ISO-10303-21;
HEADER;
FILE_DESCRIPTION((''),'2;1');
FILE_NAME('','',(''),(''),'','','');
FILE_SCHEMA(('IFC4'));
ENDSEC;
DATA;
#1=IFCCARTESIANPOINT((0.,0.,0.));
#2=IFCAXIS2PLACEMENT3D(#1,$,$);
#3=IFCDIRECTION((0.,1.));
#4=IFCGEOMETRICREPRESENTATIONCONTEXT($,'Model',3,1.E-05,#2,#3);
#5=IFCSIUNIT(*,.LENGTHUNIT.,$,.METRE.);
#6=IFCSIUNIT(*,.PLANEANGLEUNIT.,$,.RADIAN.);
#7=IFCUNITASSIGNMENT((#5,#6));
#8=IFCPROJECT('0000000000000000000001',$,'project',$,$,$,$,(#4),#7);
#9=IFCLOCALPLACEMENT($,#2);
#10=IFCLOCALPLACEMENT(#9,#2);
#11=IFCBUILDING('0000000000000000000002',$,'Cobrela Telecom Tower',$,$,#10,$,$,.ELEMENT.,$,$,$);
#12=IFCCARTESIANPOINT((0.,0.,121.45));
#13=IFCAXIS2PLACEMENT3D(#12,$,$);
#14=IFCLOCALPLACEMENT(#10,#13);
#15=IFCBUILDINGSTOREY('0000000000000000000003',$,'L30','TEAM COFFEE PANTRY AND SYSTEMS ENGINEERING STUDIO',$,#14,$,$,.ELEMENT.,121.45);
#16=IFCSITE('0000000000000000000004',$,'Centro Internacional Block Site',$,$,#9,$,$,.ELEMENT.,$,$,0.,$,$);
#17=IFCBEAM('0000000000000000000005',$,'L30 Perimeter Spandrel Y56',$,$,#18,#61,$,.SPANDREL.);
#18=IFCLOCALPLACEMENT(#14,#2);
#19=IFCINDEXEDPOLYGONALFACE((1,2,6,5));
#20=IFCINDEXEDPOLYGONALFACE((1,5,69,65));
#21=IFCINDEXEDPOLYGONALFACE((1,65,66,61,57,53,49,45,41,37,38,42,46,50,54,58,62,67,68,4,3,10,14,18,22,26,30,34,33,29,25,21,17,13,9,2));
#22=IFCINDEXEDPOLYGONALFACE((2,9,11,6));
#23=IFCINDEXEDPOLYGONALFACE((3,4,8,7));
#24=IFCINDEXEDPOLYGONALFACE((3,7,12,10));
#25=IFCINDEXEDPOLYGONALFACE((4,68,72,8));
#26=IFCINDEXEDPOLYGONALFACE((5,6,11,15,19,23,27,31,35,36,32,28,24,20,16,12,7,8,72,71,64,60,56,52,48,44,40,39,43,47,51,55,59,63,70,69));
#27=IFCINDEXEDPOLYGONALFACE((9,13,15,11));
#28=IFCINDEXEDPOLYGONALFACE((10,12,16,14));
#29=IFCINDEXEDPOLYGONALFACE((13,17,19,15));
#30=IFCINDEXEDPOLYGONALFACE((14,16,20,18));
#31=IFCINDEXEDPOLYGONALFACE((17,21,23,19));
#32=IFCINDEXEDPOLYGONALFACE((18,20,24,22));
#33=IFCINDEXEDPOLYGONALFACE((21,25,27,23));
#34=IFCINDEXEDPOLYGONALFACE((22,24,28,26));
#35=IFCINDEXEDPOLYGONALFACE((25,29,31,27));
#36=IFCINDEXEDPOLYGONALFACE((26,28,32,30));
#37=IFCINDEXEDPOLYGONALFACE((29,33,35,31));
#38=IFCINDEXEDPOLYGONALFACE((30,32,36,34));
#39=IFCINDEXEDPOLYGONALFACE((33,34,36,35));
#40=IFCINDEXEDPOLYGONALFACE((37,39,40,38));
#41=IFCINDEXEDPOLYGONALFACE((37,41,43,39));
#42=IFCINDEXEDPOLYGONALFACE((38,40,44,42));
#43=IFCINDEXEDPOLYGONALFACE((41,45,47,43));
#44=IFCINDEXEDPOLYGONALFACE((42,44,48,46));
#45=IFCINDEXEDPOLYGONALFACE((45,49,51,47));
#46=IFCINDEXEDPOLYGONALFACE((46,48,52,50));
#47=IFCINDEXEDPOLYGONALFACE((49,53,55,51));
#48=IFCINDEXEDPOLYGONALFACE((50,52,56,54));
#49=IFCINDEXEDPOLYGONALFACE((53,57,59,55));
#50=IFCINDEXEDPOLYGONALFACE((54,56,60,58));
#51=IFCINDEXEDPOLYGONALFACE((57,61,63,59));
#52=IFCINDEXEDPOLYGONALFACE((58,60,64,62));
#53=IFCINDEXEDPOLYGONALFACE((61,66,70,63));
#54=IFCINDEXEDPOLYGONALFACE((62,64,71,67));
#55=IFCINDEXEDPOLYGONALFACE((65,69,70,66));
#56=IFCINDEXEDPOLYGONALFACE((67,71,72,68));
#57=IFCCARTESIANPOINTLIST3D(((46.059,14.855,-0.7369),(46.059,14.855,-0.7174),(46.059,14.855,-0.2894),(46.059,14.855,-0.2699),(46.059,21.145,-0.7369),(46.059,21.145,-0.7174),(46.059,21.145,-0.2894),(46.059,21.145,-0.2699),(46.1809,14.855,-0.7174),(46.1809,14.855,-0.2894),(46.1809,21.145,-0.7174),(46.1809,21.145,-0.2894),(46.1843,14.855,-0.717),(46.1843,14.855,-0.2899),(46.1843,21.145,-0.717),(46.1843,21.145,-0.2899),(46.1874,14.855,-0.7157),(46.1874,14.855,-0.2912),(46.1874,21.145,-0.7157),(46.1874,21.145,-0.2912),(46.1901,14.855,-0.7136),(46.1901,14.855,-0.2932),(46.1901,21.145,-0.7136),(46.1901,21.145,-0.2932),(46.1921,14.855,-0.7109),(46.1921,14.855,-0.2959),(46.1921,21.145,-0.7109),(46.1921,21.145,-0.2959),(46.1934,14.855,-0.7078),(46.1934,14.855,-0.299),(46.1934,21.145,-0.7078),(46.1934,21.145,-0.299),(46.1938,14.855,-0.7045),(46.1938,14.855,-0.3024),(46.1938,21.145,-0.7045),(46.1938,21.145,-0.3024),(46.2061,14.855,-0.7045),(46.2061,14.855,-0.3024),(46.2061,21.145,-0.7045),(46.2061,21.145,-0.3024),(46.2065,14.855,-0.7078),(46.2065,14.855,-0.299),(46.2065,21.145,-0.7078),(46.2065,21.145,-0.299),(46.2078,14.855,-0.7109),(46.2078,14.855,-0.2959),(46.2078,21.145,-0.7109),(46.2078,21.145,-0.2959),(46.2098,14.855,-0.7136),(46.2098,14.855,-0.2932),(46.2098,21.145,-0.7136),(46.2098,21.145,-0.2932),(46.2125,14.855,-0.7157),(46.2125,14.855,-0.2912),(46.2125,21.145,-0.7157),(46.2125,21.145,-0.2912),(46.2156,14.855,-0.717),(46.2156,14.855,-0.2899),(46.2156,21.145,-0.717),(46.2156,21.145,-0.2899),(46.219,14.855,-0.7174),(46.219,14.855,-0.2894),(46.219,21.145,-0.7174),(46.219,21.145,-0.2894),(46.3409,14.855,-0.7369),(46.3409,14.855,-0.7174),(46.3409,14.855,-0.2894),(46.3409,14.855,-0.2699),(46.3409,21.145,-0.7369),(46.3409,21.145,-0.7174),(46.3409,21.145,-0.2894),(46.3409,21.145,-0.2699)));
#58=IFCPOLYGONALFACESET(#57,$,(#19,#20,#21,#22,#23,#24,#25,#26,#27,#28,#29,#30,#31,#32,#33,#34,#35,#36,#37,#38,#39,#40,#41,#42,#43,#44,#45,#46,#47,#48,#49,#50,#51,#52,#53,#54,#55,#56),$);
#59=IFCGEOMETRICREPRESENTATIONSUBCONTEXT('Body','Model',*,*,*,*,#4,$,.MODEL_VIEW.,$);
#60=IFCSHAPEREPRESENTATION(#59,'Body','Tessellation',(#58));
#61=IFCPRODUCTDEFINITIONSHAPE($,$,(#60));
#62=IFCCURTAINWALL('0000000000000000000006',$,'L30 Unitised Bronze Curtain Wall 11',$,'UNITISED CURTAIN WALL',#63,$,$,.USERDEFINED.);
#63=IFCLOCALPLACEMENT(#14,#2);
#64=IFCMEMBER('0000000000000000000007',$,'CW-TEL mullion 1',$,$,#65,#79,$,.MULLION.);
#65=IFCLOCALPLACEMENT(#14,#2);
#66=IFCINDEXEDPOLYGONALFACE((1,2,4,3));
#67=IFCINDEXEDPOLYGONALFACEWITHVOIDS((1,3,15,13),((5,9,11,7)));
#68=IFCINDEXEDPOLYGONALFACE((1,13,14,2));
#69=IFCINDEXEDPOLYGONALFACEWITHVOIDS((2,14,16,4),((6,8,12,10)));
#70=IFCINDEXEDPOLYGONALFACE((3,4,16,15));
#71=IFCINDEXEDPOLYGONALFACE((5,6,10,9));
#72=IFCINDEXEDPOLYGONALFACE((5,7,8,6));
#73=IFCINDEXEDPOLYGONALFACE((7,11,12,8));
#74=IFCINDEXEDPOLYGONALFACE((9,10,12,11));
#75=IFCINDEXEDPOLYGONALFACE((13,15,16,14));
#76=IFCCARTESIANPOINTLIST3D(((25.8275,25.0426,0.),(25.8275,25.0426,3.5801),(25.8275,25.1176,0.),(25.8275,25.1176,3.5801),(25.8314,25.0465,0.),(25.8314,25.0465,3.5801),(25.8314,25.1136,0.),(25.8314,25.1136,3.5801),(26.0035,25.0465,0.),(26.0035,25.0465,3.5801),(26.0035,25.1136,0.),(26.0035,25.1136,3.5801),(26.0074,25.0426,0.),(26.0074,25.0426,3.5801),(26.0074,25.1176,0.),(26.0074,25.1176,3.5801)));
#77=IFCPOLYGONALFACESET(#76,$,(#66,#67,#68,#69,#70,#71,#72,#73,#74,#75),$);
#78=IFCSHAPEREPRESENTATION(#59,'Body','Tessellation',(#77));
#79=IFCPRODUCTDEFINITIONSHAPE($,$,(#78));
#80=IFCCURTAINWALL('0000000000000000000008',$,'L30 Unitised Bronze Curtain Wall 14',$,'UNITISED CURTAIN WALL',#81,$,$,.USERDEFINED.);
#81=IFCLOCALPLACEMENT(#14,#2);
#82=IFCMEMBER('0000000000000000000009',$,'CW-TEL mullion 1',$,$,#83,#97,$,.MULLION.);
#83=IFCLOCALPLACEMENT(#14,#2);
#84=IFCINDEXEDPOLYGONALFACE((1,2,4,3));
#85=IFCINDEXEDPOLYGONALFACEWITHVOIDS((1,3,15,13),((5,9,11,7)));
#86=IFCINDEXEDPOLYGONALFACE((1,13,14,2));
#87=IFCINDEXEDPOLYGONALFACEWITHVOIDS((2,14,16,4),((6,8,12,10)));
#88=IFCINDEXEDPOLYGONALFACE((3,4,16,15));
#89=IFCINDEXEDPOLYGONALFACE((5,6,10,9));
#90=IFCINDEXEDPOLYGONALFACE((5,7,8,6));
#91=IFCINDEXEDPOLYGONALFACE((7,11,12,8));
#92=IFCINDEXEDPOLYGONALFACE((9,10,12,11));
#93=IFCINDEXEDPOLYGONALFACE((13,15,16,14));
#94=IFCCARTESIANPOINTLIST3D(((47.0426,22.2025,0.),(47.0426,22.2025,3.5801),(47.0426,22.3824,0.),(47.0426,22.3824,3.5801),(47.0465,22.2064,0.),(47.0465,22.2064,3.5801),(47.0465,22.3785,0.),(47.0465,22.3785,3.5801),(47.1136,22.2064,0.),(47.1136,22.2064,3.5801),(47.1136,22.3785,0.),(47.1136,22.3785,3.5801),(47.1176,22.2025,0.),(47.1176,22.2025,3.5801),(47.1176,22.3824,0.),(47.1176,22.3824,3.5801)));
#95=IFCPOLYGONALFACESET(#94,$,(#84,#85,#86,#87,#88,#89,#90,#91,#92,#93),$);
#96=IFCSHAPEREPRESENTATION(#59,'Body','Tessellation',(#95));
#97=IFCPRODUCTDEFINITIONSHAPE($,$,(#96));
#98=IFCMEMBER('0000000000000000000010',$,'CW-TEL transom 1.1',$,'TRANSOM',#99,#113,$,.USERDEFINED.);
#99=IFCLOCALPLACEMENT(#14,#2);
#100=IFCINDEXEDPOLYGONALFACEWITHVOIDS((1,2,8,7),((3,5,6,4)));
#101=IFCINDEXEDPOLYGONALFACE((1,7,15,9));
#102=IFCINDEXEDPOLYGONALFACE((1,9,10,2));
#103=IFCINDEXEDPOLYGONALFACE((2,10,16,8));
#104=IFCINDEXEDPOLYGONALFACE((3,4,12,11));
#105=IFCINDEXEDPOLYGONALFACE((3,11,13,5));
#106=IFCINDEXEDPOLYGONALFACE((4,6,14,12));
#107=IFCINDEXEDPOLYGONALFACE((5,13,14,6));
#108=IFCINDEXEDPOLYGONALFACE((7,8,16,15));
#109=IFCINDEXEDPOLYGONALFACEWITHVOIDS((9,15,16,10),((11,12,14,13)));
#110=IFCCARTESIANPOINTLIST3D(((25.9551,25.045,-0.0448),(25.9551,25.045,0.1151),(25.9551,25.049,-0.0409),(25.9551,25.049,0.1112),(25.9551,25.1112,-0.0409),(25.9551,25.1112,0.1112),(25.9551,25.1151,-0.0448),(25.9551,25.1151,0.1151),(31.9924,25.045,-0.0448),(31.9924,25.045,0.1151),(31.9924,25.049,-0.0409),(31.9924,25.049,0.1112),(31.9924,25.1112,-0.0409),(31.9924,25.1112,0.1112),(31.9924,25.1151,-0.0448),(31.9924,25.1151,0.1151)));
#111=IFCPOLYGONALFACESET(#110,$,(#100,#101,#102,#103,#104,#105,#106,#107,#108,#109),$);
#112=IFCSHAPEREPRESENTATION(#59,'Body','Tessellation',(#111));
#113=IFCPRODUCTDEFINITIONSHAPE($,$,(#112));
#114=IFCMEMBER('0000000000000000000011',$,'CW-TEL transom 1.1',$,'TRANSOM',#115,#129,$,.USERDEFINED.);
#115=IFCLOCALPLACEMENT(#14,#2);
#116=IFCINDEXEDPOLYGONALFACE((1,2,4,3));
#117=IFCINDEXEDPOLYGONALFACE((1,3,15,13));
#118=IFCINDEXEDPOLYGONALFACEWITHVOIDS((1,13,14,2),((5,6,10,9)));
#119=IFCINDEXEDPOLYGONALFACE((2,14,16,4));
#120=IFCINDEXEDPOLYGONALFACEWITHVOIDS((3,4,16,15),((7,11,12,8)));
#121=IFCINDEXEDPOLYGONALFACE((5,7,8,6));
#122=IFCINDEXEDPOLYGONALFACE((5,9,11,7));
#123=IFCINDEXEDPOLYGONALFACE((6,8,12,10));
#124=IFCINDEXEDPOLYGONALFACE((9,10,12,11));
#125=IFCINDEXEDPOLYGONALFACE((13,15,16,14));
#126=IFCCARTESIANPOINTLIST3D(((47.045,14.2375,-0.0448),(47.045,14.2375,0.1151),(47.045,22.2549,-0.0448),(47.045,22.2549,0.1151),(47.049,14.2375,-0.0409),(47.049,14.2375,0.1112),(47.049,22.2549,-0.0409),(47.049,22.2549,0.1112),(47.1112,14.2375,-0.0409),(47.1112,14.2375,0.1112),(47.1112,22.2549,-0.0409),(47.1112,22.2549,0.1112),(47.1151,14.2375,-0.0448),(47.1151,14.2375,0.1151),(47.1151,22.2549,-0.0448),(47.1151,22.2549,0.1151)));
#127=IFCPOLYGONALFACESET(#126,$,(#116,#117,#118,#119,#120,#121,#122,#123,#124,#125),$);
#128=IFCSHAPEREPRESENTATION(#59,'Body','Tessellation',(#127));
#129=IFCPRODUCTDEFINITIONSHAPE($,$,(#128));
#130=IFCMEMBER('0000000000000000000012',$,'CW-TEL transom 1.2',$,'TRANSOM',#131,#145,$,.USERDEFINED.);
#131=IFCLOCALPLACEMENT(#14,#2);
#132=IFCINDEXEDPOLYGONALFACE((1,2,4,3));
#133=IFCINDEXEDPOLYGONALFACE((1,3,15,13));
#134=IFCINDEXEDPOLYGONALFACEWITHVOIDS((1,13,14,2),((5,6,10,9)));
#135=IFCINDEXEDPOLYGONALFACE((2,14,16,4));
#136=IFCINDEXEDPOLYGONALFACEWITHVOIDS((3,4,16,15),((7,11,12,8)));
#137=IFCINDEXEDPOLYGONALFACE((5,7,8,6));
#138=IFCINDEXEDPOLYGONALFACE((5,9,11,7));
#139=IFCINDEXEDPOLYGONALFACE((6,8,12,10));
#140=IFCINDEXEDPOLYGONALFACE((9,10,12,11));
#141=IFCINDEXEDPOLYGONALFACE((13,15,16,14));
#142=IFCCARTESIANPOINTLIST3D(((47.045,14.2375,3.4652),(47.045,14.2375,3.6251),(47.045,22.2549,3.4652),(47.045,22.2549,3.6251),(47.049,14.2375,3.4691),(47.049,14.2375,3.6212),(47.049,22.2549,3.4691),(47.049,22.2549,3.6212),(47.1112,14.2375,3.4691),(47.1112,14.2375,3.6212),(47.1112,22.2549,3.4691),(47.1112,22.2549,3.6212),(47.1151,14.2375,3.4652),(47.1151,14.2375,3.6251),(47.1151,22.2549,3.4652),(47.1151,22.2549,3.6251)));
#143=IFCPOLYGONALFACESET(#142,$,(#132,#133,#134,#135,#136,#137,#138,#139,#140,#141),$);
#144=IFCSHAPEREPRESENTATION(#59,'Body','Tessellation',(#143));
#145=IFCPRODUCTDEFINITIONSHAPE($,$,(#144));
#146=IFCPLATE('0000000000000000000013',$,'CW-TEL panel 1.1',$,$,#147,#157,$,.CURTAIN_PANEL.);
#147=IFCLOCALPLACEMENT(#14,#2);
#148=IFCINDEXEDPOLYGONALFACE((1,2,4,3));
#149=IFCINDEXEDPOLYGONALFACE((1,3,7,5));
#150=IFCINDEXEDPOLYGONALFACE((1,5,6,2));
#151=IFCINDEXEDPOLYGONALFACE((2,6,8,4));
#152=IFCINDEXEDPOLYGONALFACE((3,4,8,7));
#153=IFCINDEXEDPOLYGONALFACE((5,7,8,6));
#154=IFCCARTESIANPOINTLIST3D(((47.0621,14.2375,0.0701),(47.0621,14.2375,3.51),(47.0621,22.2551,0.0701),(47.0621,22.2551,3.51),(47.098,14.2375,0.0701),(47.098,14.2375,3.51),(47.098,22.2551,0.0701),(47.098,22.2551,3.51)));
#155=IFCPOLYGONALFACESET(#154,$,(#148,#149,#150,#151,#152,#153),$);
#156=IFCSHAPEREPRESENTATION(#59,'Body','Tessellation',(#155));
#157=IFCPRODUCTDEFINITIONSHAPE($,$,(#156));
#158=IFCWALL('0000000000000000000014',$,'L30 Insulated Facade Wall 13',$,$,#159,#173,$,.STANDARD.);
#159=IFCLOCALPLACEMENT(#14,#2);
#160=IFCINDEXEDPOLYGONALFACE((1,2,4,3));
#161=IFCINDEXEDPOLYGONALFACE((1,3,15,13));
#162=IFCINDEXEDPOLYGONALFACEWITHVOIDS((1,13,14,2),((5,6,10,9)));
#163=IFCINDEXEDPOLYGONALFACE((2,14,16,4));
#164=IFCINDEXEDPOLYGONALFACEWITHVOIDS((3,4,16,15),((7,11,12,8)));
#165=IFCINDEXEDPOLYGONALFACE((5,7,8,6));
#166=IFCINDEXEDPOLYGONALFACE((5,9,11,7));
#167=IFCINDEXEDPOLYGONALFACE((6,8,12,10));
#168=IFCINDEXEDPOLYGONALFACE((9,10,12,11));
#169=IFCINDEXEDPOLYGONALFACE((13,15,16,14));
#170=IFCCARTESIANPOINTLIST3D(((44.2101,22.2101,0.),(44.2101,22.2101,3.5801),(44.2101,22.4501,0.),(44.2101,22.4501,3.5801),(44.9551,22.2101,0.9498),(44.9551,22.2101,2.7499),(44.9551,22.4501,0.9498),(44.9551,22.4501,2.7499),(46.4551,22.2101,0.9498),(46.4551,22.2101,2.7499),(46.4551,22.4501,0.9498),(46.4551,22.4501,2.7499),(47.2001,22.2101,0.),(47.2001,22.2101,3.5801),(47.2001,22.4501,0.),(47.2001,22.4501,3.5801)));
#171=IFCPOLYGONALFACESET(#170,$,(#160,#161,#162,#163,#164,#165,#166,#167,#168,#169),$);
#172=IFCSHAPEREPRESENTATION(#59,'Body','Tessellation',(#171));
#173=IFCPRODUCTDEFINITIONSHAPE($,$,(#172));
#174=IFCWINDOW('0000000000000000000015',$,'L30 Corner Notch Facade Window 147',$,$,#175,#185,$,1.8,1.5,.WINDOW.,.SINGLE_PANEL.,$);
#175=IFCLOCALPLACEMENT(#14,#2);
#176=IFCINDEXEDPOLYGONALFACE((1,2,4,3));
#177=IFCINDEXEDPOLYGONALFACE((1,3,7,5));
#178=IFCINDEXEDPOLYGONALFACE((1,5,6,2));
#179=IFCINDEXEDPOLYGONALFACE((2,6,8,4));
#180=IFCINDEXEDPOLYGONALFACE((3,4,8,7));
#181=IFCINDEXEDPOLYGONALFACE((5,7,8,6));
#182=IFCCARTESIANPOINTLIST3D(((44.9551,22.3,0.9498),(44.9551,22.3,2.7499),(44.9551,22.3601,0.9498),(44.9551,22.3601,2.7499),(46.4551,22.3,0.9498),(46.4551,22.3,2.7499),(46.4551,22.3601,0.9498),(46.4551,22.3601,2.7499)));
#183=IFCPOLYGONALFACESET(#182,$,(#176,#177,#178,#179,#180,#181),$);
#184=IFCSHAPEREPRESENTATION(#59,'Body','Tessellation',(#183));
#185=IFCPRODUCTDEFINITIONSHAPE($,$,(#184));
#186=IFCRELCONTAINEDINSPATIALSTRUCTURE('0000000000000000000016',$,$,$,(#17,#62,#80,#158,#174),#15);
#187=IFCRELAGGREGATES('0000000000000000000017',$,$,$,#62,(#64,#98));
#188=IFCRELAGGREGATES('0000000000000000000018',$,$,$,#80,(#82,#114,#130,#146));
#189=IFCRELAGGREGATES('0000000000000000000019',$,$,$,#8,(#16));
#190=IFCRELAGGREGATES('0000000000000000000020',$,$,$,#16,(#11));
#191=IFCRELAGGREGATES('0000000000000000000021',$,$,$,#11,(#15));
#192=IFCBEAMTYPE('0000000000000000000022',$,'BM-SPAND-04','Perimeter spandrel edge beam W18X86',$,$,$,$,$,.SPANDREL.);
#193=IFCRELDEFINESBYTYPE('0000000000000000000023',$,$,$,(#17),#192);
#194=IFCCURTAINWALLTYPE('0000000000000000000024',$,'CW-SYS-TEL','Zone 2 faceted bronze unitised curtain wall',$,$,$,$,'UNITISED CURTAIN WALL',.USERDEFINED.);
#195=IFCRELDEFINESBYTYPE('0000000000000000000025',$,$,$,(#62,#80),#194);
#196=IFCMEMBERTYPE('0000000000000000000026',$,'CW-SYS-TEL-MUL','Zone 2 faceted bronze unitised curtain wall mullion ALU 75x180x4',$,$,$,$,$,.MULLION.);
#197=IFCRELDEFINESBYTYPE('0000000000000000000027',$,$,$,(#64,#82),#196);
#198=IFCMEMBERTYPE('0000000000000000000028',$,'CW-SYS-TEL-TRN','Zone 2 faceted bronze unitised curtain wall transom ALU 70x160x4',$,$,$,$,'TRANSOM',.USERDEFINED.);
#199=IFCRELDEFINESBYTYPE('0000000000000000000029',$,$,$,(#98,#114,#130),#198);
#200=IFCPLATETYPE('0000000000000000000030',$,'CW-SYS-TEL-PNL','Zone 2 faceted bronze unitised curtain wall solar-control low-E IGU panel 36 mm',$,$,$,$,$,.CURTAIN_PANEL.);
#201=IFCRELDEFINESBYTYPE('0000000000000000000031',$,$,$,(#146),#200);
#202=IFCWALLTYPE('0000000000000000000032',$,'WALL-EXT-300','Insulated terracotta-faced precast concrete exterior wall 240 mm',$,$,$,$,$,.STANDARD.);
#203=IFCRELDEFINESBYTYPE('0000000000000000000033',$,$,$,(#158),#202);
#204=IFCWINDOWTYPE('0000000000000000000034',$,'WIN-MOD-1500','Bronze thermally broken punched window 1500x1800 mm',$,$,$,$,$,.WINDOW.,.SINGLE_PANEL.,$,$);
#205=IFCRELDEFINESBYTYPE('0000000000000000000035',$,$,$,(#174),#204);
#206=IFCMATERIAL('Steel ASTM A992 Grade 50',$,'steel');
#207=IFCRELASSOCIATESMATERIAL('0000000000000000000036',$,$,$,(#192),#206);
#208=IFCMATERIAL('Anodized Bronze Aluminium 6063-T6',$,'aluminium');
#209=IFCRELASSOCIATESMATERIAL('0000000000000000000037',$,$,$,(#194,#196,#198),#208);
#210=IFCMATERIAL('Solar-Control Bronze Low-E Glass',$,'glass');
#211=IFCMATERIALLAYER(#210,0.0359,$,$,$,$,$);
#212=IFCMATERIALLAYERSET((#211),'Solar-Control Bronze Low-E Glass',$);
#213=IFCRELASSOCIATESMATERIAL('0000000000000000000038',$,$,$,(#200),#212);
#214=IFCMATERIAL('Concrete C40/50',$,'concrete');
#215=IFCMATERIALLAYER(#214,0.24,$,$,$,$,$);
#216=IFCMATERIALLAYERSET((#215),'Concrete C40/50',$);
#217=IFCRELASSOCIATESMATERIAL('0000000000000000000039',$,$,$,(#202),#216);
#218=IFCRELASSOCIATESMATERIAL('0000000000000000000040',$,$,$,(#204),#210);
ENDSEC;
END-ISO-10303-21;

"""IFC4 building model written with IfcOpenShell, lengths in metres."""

from ifc_helpers import new_model, si_unit, direction, frame, frame_2d, origin, origin_2d, place, context, subcontext, project, spatial, rectangle, hollow_rectangle, i_section, extrude, material, layer, layer_set, material_profile, profile_set, type_object, element, fill, aggregate, save


model = new_model("IFC4")

# Units and contexts
model_context = context("Model", 3, precision=1e-05, world=origin(), true_north=direction((0.0, 1.0)))
body_context = subcontext(model_context, "Body", "Model", "MODEL_VIEW")
ifc_project = project(units=[si_unit("LENGTHUNIT", "METRE"), si_unit("PLANEANGLEUNIT", "RADIAN")], contexts=[model_context])

# Site, building, storey
site_placement = place(None, origin())
site = spatial("IfcSite", under=ifc_project, at=site_placement, Name="Centro Internacional Block Site", CompositionType="ELEMENT", RefElevation=0.0)
building_placement = place(site_placement, origin())
building = spatial("IfcBuilding", under=site, at=building_placement, Name="Cobrela Telecom Tower", CompositionType="ELEMENT")
storey_placement = place(building_placement, frame((0.0, 0.0, 121.45)))
storey = spatial("IfcBuildingStorey", under=building, at=storey_placement, Name="L30", Description="TEAM COFFEE PANTRY AND SYSTEMS ENGINEERING STUDIO", CompositionType="ELEMENT", Elevation=121.45)

# Shared definitions
ifc_material_1 = material(Name="Steel ASTM A992 Grade 50", Category="steel")

# Beam
ifc_material_profile_1 = material_profile(ifc_material_1, i_section(OverallWidth=0.282, OverallDepth=0.467, WebThickness=0.0122, FlangeThickness=0.0195, FilletRadius=0.0129, at=origin_2d()), Name="W18X86")
ifc_profile_set_1 = profile_set([ifc_material_profile_1], Name="Steel ASTM A992 Grade 50")
beam_type_1 = type_object("IfcBeamType", Name="BM-SPAND-04", Description="Perimeter spandrel edge beam W18X86", PredefinedType="SPANDREL", material=ifc_profile_set_1)
beam_1_placement = place(storey_placement, frame((46.2, 14.855, -0.5034), z_axis=(0.0, 1.0, 0.0), x_axis=(-1.0, 0.0, 0.0)))
element("IfcBeam", 1, at=beam_1_placement, inside=storey, type_object=beam_type_1, Name="L30 Perimeter Spandrel Y56", PredefinedType="SPANDREL", context=body_context, shape_type="SweptSolid", body=[
    extrude(i_section(OverallWidth=0.282, OverallDepth=0.467, WebThickness=0.0122, FlangeThickness=0.0195, FilletRadius=0.0129, at=origin_2d()), origin(), (0.0, 0.0, 1.0), 6.29),
])

# Curtain walls, members
ifc_material_2 = material(Name="Anodized Bronze Aluminium 6063-T6", Category="aluminium")
curtain_wall_type = type_object("IfcCurtainWallType", Name="CW-SYS-TEL", Description="Zone 2 faceted bronze unitised curtain wall", ElementType="UNITISED CURTAIN WALL", PredefinedType="USERDEFINED", material=ifc_material_2)
curtain_wall_1_placement = place(storey_placement, origin())
curtain_wall_1 = element("IfcCurtainWall", 2, at=curtain_wall_1_placement, inside=storey, type_object=curtain_wall_type, Name="L30 Unitised Bronze Curtain Wall 11", ObjectType="UNITISED CURTAIN WALL", PredefinedType="USERDEFINED")
ifc_material_profile_2 = material_profile(ifc_material_2, hollow_rectangle(XDim=0.075, YDim=0.1799, WallThickness=0.0039, at=origin_2d()), Name="ALU 75x180x4")
ifc_profile_set_2 = profile_set([ifc_material_profile_2], Name="Anodized Bronze Aluminium 6063-T6")
member_type_1 = type_object("IfcMemberType", Name="CW-SYS-TEL-MUL", Description="Zone 2 faceted bronze unitised curtain wall mullion ALU 75x180x4", PredefinedType="MULLION", material=ifc_profile_set_2)
member_1_placement = place(storey_placement, frame((25.9175, 25.0801, 0.0), z_axis=(0.0, 0.0, 1.0), x_axis=(0.0, 1.0, 0.0)))
member_1 = element("IfcMember", 3, at=member_1_placement, type_object=member_type_1, Name="CW-TEL mullion 1", PredefinedType="MULLION", context=body_context, shape_type="SweptSolid", body=[
    extrude(hollow_rectangle(XDim=0.075, YDim=0.1799, WallThickness=0.0039, at=origin_2d()), origin(), (0.0, 0.0, 1.0), 3.5801),
])
curtain_wall_2_placement = place(storey_placement, origin())
curtain_wall_2 = element("IfcCurtainWall", 4, at=curtain_wall_2_placement, inside=storey, type_object=curtain_wall_type, Name="L30 Unitised Bronze Curtain Wall 14", ObjectType="UNITISED CURTAIN WALL", PredefinedType="USERDEFINED")
member_2_placement = place(storey_placement, frame((47.0801, 22.2925, 0.0), z_axis=(0.0, 0.0, 1.0), x_axis=(1.0, 0.0, 0.0)))
member_2 = element("IfcMember", 5, at=member_2_placement, type_object=member_type_1, Name="CW-TEL mullion 1", PredefinedType="MULLION", context=body_context, shape_type="SweptSolid", body=[
    extrude(hollow_rectangle(XDim=0.075, YDim=0.1799, WallThickness=0.0039, at=origin_2d()), origin(), (0.0, 0.0, 1.0), 3.5801),
])

# Members
ifc_material_profile_3 = material_profile(ifc_material_2, hollow_rectangle(XDim=0.0701, YDim=0.1599, WallThickness=0.0039, at=origin_2d()), Name="ALU 70x160x4")
ifc_profile_set_3 = profile_set([ifc_material_profile_3], Name="Anodized Bronze Aluminium 6063-T6")
member_type_2 = type_object("IfcMemberType", Name="CW-SYS-TEL-TRN", Description="Zone 2 faceted bronze unitised curtain wall transom ALU 70x160x4", ElementType="TRANSOM", PredefinedType="USERDEFINED", material=ifc_profile_set_3)
member_3_placement = place(storey_placement, frame((25.9551, 25.0801, 0.0352), z_axis=(1.0, 0.0, 0.0), x_axis=(0.0, 1.0, 0.0)))
member_3 = element("IfcMember", 6, at=member_3_placement, type_object=member_type_2, Name="CW-TEL transom 1.1", ObjectType="TRANSOM", PredefinedType="USERDEFINED", context=body_context, shape_type="SweptSolid", body=[
    extrude(hollow_rectangle(XDim=0.0701, YDim=0.1599, WallThickness=0.0039, at=origin_2d()), origin(), (0.0, 0.0, 1.0), 6.0374),
])
aggregate(curtain_wall_1, [member_1, member_3])
member_4_placement = place(storey_placement, frame((47.0801, 22.2549, 0.0352), z_axis=(0.0, -1.0, 0.0), x_axis=(1.0, 0.0, 0.0)))
member_4 = element("IfcMember", 7, at=member_4_placement, type_object=member_type_2, Name="CW-TEL transom 1.1", ObjectType="TRANSOM", PredefinedType="USERDEFINED", context=body_context, shape_type="SweptSolid", body=[
    extrude(hollow_rectangle(XDim=0.0701, YDim=0.1599, WallThickness=0.0039, at=origin_2d()), origin(), (0.0, 0.0, 1.0), 8.0173),
])
member_5_placement = place(storey_placement, frame((47.0801, 22.2549, 3.5452), z_axis=(0.0, -1.0, 0.0), x_axis=(1.0, 0.0, 0.0)))
member_5 = element("IfcMember", 8, at=member_5_placement, type_object=member_type_2, Name="CW-TEL transom 1.2", ObjectType="TRANSOM", PredefinedType="USERDEFINED", context=body_context, shape_type="SweptSolid", body=[
    extrude(hollow_rectangle(XDim=0.0701, YDim=0.1599, WallThickness=0.0039, at=origin_2d()), origin(), (0.0, 0.0, 1.0), 8.0173),
])

# Plate
ifc_material_3 = material(Name="Solar-Control Bronze Low-E Glass", Category="glass")
ifc_layer_1 = layer(ifc_material_3, 0.0359)
ifc_layer_set_1 = layer_set([ifc_layer_1], Name="Solar-Control Bronze Low-E Glass")
plate_type = type_object("IfcPlateType", Name="CW-SYS-TEL-PNL", Description="Zone 2 faceted bronze unitised curtain wall solar-control low-E IGU panel 36 mm", PredefinedType="CURTAIN_PANEL", material=ifc_layer_set_1)
plate_placement = place(storey_placement, frame((47.0801, 18.2463, 0.0701), z_axis=(0.0, 0.0, 1.0), x_axis=(0.0, -1.0, 0.0)))
plate = element("IfcPlate", 9, at=plate_placement, type_object=plate_type, Name="CW-TEL panel 1.1", PredefinedType="CURTAIN_PANEL", context=body_context, shape_type="SweptSolid", body=[
    extrude(rectangle(XDim=8.0176, YDim=0.0359, at=origin_2d()), origin(), (0.0, 0.0, 1.0), 3.4399),
])
aggregate(curtain_wall_2, [member_2, member_4, member_5, plate])

# Wall, opening, window
ifc_material_4 = material(Name="Concrete C40/50", Category="concrete")
ifc_layer_2 = layer(ifc_material_4, 0.24)
ifc_layer_set_2 = layer_set([ifc_layer_2], Name="Concrete C40/50")
wall_type_1 = type_object("IfcWallType", Name="WALL-EXT-300", Description="Insulated terracotta-faced precast concrete exterior wall 240 mm", PredefinedType="STANDARD", material=ifc_layer_set_2)
wall_1_placement = place(storey_placement, frame((44.21, 22.3301, 0.0), z_axis=(0.0, 0.0, 1.0), x_axis=(1.0, 0.0, 0.0)))
wall_1 = element("IfcWall", 10, at=wall_1_placement, inside=storey, type_object=wall_type_1, Name="L30 Insulated Facade Wall 13", PredefinedType="STANDARD", context=body_context, shape_type="SweptSolid", body=[
    extrude(rectangle(XDim=2.99, YDim=0.24, at=frame_2d((1.4951, 0.0))), origin(), (0.0, 0.0, 1.0), 3.5801),
])
opening_placement = place(wall_1_placement, frame((0.7451, 0.0, 0.95)))
opening = element("IfcOpeningElement", 11, at=opening_placement, cuts=wall_1, PredefinedType="OPENING", context=body_context, shape_type="SweptSolid", body=[
    extrude(rectangle(XDim=1.5, YDim=1.8, at=frame_2d((0.75, 0.8999))), frame((0.0, 0.1318, 0.0), z_axis=(0.0, -1.0, 0.0), x_axis=(1.0, 0.0, 0.0)), (0.0, 0.0, 1.0), 0.2639),
])
window_type = type_object("IfcWindowType", Name="WIN-MOD-1500", Description="Bronze thermally broken punched window 1500x1800 mm", PartitioningType="SINGLE_PANEL", PredefinedType="WINDOW", material=ifc_material_3)
window_placement = place(opening_placement, origin())
window = element("IfcWindow", 12, at=window_placement, inside=storey, type_object=window_type, Name="L30 Corner Notch Facade Window 147", OverallHeight=1.8, OverallWidth=1.5, PartitioningType="SINGLE_PANEL", PredefinedType="WINDOW", context=body_context, shape_type="SweptSolid", body=[
    extrude(rectangle(XDim=1.5, YDim=1.8, at=frame_2d((0.75, 0.8999))), frame((0.0, 0.03, 0.0), z_axis=(0.0, -1.0, 0.0), x_axis=(1.0, 0.0, 0.0)), (0.0, 0.0, 1.0), 0.0601),
])
fill(opening, window)

save(model, "model.ifc")
